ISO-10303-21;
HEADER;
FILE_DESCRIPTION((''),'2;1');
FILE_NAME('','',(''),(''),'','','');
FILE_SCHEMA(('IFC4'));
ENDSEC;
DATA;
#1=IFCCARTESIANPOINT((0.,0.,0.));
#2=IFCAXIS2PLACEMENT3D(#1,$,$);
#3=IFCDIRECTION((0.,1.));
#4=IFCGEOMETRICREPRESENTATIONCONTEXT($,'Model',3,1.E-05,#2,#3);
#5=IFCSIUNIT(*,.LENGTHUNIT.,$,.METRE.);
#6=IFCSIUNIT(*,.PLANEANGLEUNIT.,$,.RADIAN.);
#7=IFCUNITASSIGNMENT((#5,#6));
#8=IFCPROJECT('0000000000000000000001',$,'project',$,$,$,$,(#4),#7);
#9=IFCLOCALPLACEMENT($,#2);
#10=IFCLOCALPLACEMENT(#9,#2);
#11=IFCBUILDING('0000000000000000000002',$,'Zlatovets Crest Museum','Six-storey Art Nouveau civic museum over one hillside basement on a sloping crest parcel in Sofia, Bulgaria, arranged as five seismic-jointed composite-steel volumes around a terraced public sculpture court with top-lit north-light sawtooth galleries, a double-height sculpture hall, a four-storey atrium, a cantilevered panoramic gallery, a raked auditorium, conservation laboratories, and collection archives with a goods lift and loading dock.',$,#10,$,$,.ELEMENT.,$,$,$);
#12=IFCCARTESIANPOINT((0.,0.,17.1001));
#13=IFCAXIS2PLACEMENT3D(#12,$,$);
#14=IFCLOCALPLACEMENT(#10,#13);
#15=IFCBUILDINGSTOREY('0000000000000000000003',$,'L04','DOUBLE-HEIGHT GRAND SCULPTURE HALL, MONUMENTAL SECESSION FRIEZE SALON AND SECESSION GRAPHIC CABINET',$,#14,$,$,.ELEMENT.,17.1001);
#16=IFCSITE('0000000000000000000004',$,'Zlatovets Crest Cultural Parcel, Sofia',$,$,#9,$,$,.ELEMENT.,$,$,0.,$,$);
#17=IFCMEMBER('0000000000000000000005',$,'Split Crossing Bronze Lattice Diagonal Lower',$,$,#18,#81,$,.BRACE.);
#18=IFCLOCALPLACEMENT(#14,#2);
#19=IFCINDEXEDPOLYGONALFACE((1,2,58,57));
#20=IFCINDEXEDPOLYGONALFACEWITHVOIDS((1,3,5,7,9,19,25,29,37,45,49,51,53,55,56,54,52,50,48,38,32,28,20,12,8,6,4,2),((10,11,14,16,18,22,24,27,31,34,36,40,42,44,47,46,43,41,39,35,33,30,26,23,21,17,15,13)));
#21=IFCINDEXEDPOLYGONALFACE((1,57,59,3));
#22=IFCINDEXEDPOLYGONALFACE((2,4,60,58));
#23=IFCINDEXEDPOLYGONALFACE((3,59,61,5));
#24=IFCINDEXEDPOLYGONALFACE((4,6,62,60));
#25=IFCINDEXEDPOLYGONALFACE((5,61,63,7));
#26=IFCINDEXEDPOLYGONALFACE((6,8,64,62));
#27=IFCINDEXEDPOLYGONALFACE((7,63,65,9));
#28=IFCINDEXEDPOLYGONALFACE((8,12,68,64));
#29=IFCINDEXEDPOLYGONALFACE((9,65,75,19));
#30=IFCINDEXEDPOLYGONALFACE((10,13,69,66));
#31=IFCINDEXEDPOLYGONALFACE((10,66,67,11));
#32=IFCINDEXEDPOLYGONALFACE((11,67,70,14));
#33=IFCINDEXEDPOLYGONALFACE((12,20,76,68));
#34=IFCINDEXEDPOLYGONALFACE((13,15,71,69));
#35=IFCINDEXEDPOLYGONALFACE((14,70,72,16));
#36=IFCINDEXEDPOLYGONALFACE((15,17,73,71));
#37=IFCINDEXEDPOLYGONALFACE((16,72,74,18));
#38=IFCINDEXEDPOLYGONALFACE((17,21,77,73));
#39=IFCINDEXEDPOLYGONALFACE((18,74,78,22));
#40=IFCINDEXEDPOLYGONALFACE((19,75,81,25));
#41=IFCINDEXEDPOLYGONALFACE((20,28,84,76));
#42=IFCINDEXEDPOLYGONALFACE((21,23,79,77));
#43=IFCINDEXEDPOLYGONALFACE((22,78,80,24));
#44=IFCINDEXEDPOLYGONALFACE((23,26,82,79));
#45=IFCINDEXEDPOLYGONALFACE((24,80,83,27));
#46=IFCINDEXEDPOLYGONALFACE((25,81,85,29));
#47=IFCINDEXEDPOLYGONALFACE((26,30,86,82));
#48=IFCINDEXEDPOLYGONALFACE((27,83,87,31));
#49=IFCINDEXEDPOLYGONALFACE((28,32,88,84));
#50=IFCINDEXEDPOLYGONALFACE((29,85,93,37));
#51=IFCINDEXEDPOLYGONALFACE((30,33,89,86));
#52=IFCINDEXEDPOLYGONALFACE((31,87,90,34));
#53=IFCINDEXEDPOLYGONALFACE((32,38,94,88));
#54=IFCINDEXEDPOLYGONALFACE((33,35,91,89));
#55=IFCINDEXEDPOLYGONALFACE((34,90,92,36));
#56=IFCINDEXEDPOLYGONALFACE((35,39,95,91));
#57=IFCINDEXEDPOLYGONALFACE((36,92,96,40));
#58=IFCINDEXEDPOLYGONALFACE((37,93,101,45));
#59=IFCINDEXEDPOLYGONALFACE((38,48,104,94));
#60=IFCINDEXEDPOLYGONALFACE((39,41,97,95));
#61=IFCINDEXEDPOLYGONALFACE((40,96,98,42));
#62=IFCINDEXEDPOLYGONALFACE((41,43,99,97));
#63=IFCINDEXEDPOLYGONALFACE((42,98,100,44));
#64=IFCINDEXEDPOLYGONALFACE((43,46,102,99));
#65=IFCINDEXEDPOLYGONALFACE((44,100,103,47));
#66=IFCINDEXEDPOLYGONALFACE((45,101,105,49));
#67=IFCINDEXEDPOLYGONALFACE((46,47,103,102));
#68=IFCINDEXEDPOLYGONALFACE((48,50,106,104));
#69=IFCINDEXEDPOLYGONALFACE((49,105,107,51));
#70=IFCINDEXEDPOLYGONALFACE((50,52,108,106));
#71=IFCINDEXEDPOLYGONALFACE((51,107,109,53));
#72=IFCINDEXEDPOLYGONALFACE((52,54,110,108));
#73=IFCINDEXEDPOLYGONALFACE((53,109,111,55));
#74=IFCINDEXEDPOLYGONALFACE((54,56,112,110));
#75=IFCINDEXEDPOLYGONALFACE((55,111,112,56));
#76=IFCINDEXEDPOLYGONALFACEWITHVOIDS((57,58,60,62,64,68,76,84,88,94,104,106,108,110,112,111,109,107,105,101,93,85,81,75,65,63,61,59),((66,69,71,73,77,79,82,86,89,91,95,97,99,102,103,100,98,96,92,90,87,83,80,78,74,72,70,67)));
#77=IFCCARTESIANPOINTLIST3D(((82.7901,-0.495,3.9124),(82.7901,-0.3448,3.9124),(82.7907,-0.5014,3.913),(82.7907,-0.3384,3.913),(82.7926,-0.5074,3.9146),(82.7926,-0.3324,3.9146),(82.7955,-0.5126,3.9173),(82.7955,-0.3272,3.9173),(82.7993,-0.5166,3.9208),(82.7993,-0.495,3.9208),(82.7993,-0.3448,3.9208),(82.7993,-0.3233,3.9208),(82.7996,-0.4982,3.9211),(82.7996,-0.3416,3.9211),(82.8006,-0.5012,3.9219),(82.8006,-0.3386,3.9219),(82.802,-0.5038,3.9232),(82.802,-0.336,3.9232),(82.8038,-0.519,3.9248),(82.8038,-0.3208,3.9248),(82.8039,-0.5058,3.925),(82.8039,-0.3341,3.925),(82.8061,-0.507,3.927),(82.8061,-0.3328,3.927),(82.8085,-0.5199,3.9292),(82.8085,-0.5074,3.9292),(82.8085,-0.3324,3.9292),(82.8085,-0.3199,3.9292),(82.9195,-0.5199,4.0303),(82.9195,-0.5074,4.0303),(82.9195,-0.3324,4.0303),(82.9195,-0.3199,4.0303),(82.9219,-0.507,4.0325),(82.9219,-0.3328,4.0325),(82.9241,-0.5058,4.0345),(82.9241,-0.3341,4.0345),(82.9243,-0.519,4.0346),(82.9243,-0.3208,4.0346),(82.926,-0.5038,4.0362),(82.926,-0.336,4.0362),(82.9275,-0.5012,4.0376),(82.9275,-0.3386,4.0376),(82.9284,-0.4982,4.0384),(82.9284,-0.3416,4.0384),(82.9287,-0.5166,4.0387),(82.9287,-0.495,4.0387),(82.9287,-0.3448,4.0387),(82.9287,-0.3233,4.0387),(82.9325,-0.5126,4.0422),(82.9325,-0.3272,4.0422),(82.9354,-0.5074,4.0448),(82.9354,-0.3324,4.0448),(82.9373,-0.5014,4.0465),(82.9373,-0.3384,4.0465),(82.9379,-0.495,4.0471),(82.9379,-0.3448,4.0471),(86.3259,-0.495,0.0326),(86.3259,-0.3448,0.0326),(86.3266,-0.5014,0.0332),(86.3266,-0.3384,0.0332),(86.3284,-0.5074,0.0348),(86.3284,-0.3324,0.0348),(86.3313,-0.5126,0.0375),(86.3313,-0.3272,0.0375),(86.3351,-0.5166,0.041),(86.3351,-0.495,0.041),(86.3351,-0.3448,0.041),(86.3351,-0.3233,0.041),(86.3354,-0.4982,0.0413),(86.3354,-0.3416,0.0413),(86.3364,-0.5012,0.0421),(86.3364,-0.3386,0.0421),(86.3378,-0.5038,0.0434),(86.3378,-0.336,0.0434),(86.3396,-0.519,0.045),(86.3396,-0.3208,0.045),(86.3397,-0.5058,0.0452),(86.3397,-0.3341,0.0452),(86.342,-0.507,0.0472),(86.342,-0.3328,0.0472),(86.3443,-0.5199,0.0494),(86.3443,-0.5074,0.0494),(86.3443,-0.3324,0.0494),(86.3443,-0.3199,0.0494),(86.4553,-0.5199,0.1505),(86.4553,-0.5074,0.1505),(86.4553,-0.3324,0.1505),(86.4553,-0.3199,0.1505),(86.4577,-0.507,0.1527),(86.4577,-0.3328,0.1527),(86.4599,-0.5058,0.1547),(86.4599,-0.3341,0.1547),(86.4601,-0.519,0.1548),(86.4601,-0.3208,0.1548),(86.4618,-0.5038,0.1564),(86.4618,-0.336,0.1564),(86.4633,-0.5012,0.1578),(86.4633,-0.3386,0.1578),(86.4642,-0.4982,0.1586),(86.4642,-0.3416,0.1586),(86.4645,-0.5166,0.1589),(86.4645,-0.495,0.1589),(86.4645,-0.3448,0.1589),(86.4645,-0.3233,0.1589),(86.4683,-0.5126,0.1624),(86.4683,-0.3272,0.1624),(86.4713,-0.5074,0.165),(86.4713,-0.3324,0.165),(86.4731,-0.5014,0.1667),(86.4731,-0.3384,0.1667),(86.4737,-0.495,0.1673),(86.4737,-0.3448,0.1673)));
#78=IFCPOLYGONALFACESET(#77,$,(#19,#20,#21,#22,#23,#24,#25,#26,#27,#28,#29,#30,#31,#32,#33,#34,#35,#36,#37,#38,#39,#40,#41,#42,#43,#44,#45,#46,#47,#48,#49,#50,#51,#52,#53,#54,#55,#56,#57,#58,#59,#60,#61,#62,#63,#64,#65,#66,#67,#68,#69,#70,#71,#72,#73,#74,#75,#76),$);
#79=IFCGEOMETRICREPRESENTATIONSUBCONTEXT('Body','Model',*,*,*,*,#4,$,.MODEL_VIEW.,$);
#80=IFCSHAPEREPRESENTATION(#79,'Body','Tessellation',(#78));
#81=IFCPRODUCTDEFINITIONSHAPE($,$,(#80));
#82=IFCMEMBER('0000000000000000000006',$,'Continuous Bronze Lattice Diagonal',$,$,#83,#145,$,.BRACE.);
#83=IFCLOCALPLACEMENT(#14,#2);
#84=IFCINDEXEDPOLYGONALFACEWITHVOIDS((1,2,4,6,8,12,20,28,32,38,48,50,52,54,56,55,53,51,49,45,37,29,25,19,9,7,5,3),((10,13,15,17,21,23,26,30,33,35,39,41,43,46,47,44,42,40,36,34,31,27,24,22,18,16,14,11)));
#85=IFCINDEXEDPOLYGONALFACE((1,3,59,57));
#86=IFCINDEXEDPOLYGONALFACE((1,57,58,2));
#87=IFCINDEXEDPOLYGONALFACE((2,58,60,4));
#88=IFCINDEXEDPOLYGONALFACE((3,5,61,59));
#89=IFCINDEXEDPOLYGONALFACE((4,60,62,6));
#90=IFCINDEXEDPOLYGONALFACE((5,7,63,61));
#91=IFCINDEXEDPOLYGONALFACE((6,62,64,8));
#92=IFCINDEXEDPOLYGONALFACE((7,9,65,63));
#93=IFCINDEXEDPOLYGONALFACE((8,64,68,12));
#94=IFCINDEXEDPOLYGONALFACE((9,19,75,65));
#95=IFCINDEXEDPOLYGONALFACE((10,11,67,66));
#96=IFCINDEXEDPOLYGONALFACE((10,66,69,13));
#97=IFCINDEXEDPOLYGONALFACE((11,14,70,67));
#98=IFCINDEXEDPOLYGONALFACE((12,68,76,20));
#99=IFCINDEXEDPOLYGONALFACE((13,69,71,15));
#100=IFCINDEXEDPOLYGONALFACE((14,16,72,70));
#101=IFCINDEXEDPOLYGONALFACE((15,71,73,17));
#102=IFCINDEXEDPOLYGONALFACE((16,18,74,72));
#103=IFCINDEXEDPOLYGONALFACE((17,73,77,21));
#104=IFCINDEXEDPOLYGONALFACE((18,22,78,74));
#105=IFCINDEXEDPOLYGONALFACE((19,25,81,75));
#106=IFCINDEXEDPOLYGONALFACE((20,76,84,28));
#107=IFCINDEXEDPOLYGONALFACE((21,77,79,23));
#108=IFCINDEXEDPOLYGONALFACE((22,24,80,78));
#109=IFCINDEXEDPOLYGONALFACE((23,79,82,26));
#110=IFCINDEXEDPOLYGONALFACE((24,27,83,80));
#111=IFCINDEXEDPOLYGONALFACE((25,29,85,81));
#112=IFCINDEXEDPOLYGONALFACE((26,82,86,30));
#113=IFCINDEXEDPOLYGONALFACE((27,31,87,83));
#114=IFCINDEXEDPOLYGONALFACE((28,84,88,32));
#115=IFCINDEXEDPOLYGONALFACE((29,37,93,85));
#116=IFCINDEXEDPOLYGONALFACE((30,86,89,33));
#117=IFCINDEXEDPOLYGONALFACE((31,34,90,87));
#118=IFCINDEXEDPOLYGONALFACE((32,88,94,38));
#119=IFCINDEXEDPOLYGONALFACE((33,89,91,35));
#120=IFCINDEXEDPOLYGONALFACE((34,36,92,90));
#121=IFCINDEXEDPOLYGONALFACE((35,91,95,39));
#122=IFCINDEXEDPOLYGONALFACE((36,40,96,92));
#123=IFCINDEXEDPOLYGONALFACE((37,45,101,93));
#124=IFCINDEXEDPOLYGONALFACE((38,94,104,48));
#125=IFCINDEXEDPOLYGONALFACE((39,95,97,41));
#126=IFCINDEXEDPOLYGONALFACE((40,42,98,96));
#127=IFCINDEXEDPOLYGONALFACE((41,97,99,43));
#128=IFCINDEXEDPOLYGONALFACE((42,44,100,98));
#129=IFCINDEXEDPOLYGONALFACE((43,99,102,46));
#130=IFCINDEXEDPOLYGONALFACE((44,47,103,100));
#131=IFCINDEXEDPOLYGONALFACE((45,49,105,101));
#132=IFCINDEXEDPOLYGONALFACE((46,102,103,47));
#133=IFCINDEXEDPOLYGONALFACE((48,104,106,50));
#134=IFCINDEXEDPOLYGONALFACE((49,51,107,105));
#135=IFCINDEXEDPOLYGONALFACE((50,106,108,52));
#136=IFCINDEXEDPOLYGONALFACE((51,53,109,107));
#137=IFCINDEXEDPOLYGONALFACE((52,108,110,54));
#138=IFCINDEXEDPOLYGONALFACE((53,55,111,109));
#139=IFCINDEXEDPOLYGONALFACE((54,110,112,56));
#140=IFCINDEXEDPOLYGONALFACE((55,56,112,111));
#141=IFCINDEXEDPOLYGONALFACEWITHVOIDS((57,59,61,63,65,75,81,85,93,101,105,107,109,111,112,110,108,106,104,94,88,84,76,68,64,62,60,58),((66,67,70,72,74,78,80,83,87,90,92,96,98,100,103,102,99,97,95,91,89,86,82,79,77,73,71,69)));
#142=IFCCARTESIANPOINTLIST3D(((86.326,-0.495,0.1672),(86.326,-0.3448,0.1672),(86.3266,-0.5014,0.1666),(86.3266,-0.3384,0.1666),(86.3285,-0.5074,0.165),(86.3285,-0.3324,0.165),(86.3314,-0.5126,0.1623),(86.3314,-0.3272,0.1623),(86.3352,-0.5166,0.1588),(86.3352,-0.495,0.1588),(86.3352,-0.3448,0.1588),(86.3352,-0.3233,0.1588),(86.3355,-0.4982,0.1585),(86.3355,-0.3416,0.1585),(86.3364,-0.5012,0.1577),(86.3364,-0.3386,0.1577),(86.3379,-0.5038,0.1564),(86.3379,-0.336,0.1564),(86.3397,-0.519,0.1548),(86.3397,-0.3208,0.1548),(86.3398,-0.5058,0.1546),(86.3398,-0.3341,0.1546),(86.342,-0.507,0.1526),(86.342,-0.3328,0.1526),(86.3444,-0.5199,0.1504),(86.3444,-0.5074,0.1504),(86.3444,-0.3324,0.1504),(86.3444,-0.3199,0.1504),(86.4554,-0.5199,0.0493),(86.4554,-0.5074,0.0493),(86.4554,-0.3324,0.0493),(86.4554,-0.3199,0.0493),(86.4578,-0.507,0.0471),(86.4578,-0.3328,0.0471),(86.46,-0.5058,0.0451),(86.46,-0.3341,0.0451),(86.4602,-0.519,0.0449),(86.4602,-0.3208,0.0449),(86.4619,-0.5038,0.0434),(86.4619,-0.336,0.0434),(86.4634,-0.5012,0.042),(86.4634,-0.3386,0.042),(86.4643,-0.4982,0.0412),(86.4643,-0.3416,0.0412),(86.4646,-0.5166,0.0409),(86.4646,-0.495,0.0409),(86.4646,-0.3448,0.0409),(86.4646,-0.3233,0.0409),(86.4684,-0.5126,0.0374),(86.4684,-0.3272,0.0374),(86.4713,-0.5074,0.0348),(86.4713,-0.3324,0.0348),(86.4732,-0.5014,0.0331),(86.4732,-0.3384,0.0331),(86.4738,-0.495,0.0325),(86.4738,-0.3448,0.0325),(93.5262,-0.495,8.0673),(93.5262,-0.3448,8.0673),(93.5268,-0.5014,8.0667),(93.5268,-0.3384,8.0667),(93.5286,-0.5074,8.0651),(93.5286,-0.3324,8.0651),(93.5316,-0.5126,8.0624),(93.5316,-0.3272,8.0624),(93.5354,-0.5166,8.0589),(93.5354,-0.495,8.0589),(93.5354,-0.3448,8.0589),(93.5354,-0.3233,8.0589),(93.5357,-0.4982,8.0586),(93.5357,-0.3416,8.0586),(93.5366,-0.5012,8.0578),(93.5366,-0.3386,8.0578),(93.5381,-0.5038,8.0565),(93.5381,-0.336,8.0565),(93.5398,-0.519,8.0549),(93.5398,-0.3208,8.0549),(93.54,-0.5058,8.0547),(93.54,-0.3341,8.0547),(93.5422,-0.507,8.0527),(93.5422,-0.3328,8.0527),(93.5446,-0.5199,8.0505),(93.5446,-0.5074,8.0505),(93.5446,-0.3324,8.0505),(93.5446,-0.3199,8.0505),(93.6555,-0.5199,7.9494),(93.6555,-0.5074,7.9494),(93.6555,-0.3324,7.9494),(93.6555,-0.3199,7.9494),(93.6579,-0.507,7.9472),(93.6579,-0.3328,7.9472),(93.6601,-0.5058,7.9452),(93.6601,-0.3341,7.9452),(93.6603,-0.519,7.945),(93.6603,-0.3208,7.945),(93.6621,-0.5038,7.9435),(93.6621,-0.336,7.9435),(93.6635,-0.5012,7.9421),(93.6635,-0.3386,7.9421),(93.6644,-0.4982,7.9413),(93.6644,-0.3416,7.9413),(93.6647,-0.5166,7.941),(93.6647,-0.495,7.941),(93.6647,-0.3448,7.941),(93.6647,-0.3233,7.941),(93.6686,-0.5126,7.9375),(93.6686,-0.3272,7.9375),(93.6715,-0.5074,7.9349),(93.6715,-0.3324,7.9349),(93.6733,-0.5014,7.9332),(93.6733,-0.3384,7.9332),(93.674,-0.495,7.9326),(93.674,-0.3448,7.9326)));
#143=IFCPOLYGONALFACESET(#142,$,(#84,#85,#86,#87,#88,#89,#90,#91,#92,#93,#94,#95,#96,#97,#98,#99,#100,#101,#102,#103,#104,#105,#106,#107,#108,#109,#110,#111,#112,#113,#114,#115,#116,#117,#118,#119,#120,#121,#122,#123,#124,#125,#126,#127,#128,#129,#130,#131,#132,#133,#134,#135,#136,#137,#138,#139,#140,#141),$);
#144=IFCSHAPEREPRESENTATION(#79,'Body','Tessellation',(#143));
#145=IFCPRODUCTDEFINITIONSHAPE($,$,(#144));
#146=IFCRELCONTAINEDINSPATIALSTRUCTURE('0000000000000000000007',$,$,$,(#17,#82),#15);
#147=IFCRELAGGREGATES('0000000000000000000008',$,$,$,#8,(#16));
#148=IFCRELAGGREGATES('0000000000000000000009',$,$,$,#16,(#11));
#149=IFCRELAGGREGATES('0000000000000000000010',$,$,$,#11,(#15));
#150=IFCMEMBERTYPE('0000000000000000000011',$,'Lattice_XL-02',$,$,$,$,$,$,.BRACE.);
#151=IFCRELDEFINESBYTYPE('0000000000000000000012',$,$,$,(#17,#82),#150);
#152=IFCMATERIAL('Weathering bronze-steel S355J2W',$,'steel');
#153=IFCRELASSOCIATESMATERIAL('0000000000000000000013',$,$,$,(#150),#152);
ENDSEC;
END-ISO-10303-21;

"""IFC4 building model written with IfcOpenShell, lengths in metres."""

from ifc_helpers import new_model, si_unit, direction, frame, origin, origin_2d, place, context, subcontext, project, spatial, hollow_rectangle, extrude, material, material_profile, profile_set, type_object, element, save


model = new_model("IFC4")

# Units and contexts
model_context = context("Model", 3, precision=1e-05, world=origin(), true_north=direction((0.0, 1.0)))
body_context = subcontext(model_context, "Body", "Model", "MODEL_VIEW")
ifc_project = project(units=[si_unit("LENGTHUNIT", "METRE"), si_unit("PLANEANGLEUNIT", "RADIAN")], contexts=[model_context])

# Site, building, storey
site_placement = place(None, origin())
site = spatial("IfcSite", under=ifc_project, at=site_placement, Name="Zlatovets Crest Cultural Parcel, Sofia", CompositionType="ELEMENT", RefElevation=0.0)
building_placement = place(site_placement, origin())
building = spatial("IfcBuilding", under=site, at=building_placement, Name="Zlatovets Crest Museum", Description="Six-storey Art Nouveau civic museum over one hillside basement on a sloping crest parcel in Sofia, Bulgaria, arranged as five seismic-jointed composite-steel volumes around a terraced public sculpture court with top-lit north-light sawtooth galleries, a double-height sculpture hall, a four-storey atrium, a cantilevered panoramic gallery, a raked auditorium, conservation laboratories, and collection archives with a goods lift and loading dock.", CompositionType="ELEMENT")
storey_placement = place(building_placement, frame((0.0, 0.0, 17.1001)))
storey = spatial("IfcBuildingStorey", under=building, at=storey_placement, Name="L04", Description="DOUBLE-HEIGHT GRAND SCULPTURE HALL, MONUMENTAL SECESSION FRIEZE SALON AND SECESSION GRAPHIC CABINET", CompositionType="ELEMENT", Elevation=17.1001)

# Members
ifc_material_1 = material(Name="Weathering bronze-steel S355J2W", Category="steel")
ifc_material_profile_1 = material_profile(ifc_material_1, hollow_rectangle(XDim=0.2, YDim=0.2, WallThickness=0.0125, InnerFilletRadius=0.0125, OuterFilletRadius=0.0249, at=origin_2d()), Name="SHS 200x200x12.5")
ifc_profile_set_1 = profile_set([ifc_material_profile_1], Name="Weathering bronze-steel S355J2W")
member_type_1 = type_object("IfcMemberType", Name="Lattice_XL-02", PredefinedType="BRACE", material=ifc_profile_set_1)
member_1_placement = place(storey_placement, frame((82.864, -0.4199, 3.9797), z_axis=(0.673582, 0.0, -0.739112), x_axis=(0.0, 1.0, 0.0)))
element("IfcMember", 1, at=member_1_placement, inside=storey, type_object=member_type_1, Name="Split Crossing Bronze Lattice Diagonal Lower", PredefinedType="BRACE", context=body_context, shape_type="SweptSolid", body=[
    extrude(hollow_rectangle(XDim=0.2, YDim=0.2, WallThickness=0.0125, InnerFilletRadius=0.0125, OuterFilletRadius=0.0249, at=origin_2d()), origin(), (0.0, 0.0, 1.0), 5.2493),
])
member_2_placement = place(storey_placement, frame((86.3999, -0.4199, 0.0999), z_axis=(0.673607, 0.0, 0.73909), x_axis=(0.0, 1.0, 0.0)))
element("IfcMember", 2, at=member_2_placement, inside=storey, type_object=member_type_1, Name="Continuous Bronze Lattice Diagonal", PredefinedType="BRACE", context=body_context, shape_type="SweptSolid", body=[
    extrude(hollow_rectangle(XDim=0.2, YDim=0.2, WallThickness=0.0125, InnerFilletRadius=0.0125, OuterFilletRadius=0.0249, at=origin_2d()), origin(), (0.0, 0.0, 1.0), 10.689),
])

save(model, "model.ifc")
